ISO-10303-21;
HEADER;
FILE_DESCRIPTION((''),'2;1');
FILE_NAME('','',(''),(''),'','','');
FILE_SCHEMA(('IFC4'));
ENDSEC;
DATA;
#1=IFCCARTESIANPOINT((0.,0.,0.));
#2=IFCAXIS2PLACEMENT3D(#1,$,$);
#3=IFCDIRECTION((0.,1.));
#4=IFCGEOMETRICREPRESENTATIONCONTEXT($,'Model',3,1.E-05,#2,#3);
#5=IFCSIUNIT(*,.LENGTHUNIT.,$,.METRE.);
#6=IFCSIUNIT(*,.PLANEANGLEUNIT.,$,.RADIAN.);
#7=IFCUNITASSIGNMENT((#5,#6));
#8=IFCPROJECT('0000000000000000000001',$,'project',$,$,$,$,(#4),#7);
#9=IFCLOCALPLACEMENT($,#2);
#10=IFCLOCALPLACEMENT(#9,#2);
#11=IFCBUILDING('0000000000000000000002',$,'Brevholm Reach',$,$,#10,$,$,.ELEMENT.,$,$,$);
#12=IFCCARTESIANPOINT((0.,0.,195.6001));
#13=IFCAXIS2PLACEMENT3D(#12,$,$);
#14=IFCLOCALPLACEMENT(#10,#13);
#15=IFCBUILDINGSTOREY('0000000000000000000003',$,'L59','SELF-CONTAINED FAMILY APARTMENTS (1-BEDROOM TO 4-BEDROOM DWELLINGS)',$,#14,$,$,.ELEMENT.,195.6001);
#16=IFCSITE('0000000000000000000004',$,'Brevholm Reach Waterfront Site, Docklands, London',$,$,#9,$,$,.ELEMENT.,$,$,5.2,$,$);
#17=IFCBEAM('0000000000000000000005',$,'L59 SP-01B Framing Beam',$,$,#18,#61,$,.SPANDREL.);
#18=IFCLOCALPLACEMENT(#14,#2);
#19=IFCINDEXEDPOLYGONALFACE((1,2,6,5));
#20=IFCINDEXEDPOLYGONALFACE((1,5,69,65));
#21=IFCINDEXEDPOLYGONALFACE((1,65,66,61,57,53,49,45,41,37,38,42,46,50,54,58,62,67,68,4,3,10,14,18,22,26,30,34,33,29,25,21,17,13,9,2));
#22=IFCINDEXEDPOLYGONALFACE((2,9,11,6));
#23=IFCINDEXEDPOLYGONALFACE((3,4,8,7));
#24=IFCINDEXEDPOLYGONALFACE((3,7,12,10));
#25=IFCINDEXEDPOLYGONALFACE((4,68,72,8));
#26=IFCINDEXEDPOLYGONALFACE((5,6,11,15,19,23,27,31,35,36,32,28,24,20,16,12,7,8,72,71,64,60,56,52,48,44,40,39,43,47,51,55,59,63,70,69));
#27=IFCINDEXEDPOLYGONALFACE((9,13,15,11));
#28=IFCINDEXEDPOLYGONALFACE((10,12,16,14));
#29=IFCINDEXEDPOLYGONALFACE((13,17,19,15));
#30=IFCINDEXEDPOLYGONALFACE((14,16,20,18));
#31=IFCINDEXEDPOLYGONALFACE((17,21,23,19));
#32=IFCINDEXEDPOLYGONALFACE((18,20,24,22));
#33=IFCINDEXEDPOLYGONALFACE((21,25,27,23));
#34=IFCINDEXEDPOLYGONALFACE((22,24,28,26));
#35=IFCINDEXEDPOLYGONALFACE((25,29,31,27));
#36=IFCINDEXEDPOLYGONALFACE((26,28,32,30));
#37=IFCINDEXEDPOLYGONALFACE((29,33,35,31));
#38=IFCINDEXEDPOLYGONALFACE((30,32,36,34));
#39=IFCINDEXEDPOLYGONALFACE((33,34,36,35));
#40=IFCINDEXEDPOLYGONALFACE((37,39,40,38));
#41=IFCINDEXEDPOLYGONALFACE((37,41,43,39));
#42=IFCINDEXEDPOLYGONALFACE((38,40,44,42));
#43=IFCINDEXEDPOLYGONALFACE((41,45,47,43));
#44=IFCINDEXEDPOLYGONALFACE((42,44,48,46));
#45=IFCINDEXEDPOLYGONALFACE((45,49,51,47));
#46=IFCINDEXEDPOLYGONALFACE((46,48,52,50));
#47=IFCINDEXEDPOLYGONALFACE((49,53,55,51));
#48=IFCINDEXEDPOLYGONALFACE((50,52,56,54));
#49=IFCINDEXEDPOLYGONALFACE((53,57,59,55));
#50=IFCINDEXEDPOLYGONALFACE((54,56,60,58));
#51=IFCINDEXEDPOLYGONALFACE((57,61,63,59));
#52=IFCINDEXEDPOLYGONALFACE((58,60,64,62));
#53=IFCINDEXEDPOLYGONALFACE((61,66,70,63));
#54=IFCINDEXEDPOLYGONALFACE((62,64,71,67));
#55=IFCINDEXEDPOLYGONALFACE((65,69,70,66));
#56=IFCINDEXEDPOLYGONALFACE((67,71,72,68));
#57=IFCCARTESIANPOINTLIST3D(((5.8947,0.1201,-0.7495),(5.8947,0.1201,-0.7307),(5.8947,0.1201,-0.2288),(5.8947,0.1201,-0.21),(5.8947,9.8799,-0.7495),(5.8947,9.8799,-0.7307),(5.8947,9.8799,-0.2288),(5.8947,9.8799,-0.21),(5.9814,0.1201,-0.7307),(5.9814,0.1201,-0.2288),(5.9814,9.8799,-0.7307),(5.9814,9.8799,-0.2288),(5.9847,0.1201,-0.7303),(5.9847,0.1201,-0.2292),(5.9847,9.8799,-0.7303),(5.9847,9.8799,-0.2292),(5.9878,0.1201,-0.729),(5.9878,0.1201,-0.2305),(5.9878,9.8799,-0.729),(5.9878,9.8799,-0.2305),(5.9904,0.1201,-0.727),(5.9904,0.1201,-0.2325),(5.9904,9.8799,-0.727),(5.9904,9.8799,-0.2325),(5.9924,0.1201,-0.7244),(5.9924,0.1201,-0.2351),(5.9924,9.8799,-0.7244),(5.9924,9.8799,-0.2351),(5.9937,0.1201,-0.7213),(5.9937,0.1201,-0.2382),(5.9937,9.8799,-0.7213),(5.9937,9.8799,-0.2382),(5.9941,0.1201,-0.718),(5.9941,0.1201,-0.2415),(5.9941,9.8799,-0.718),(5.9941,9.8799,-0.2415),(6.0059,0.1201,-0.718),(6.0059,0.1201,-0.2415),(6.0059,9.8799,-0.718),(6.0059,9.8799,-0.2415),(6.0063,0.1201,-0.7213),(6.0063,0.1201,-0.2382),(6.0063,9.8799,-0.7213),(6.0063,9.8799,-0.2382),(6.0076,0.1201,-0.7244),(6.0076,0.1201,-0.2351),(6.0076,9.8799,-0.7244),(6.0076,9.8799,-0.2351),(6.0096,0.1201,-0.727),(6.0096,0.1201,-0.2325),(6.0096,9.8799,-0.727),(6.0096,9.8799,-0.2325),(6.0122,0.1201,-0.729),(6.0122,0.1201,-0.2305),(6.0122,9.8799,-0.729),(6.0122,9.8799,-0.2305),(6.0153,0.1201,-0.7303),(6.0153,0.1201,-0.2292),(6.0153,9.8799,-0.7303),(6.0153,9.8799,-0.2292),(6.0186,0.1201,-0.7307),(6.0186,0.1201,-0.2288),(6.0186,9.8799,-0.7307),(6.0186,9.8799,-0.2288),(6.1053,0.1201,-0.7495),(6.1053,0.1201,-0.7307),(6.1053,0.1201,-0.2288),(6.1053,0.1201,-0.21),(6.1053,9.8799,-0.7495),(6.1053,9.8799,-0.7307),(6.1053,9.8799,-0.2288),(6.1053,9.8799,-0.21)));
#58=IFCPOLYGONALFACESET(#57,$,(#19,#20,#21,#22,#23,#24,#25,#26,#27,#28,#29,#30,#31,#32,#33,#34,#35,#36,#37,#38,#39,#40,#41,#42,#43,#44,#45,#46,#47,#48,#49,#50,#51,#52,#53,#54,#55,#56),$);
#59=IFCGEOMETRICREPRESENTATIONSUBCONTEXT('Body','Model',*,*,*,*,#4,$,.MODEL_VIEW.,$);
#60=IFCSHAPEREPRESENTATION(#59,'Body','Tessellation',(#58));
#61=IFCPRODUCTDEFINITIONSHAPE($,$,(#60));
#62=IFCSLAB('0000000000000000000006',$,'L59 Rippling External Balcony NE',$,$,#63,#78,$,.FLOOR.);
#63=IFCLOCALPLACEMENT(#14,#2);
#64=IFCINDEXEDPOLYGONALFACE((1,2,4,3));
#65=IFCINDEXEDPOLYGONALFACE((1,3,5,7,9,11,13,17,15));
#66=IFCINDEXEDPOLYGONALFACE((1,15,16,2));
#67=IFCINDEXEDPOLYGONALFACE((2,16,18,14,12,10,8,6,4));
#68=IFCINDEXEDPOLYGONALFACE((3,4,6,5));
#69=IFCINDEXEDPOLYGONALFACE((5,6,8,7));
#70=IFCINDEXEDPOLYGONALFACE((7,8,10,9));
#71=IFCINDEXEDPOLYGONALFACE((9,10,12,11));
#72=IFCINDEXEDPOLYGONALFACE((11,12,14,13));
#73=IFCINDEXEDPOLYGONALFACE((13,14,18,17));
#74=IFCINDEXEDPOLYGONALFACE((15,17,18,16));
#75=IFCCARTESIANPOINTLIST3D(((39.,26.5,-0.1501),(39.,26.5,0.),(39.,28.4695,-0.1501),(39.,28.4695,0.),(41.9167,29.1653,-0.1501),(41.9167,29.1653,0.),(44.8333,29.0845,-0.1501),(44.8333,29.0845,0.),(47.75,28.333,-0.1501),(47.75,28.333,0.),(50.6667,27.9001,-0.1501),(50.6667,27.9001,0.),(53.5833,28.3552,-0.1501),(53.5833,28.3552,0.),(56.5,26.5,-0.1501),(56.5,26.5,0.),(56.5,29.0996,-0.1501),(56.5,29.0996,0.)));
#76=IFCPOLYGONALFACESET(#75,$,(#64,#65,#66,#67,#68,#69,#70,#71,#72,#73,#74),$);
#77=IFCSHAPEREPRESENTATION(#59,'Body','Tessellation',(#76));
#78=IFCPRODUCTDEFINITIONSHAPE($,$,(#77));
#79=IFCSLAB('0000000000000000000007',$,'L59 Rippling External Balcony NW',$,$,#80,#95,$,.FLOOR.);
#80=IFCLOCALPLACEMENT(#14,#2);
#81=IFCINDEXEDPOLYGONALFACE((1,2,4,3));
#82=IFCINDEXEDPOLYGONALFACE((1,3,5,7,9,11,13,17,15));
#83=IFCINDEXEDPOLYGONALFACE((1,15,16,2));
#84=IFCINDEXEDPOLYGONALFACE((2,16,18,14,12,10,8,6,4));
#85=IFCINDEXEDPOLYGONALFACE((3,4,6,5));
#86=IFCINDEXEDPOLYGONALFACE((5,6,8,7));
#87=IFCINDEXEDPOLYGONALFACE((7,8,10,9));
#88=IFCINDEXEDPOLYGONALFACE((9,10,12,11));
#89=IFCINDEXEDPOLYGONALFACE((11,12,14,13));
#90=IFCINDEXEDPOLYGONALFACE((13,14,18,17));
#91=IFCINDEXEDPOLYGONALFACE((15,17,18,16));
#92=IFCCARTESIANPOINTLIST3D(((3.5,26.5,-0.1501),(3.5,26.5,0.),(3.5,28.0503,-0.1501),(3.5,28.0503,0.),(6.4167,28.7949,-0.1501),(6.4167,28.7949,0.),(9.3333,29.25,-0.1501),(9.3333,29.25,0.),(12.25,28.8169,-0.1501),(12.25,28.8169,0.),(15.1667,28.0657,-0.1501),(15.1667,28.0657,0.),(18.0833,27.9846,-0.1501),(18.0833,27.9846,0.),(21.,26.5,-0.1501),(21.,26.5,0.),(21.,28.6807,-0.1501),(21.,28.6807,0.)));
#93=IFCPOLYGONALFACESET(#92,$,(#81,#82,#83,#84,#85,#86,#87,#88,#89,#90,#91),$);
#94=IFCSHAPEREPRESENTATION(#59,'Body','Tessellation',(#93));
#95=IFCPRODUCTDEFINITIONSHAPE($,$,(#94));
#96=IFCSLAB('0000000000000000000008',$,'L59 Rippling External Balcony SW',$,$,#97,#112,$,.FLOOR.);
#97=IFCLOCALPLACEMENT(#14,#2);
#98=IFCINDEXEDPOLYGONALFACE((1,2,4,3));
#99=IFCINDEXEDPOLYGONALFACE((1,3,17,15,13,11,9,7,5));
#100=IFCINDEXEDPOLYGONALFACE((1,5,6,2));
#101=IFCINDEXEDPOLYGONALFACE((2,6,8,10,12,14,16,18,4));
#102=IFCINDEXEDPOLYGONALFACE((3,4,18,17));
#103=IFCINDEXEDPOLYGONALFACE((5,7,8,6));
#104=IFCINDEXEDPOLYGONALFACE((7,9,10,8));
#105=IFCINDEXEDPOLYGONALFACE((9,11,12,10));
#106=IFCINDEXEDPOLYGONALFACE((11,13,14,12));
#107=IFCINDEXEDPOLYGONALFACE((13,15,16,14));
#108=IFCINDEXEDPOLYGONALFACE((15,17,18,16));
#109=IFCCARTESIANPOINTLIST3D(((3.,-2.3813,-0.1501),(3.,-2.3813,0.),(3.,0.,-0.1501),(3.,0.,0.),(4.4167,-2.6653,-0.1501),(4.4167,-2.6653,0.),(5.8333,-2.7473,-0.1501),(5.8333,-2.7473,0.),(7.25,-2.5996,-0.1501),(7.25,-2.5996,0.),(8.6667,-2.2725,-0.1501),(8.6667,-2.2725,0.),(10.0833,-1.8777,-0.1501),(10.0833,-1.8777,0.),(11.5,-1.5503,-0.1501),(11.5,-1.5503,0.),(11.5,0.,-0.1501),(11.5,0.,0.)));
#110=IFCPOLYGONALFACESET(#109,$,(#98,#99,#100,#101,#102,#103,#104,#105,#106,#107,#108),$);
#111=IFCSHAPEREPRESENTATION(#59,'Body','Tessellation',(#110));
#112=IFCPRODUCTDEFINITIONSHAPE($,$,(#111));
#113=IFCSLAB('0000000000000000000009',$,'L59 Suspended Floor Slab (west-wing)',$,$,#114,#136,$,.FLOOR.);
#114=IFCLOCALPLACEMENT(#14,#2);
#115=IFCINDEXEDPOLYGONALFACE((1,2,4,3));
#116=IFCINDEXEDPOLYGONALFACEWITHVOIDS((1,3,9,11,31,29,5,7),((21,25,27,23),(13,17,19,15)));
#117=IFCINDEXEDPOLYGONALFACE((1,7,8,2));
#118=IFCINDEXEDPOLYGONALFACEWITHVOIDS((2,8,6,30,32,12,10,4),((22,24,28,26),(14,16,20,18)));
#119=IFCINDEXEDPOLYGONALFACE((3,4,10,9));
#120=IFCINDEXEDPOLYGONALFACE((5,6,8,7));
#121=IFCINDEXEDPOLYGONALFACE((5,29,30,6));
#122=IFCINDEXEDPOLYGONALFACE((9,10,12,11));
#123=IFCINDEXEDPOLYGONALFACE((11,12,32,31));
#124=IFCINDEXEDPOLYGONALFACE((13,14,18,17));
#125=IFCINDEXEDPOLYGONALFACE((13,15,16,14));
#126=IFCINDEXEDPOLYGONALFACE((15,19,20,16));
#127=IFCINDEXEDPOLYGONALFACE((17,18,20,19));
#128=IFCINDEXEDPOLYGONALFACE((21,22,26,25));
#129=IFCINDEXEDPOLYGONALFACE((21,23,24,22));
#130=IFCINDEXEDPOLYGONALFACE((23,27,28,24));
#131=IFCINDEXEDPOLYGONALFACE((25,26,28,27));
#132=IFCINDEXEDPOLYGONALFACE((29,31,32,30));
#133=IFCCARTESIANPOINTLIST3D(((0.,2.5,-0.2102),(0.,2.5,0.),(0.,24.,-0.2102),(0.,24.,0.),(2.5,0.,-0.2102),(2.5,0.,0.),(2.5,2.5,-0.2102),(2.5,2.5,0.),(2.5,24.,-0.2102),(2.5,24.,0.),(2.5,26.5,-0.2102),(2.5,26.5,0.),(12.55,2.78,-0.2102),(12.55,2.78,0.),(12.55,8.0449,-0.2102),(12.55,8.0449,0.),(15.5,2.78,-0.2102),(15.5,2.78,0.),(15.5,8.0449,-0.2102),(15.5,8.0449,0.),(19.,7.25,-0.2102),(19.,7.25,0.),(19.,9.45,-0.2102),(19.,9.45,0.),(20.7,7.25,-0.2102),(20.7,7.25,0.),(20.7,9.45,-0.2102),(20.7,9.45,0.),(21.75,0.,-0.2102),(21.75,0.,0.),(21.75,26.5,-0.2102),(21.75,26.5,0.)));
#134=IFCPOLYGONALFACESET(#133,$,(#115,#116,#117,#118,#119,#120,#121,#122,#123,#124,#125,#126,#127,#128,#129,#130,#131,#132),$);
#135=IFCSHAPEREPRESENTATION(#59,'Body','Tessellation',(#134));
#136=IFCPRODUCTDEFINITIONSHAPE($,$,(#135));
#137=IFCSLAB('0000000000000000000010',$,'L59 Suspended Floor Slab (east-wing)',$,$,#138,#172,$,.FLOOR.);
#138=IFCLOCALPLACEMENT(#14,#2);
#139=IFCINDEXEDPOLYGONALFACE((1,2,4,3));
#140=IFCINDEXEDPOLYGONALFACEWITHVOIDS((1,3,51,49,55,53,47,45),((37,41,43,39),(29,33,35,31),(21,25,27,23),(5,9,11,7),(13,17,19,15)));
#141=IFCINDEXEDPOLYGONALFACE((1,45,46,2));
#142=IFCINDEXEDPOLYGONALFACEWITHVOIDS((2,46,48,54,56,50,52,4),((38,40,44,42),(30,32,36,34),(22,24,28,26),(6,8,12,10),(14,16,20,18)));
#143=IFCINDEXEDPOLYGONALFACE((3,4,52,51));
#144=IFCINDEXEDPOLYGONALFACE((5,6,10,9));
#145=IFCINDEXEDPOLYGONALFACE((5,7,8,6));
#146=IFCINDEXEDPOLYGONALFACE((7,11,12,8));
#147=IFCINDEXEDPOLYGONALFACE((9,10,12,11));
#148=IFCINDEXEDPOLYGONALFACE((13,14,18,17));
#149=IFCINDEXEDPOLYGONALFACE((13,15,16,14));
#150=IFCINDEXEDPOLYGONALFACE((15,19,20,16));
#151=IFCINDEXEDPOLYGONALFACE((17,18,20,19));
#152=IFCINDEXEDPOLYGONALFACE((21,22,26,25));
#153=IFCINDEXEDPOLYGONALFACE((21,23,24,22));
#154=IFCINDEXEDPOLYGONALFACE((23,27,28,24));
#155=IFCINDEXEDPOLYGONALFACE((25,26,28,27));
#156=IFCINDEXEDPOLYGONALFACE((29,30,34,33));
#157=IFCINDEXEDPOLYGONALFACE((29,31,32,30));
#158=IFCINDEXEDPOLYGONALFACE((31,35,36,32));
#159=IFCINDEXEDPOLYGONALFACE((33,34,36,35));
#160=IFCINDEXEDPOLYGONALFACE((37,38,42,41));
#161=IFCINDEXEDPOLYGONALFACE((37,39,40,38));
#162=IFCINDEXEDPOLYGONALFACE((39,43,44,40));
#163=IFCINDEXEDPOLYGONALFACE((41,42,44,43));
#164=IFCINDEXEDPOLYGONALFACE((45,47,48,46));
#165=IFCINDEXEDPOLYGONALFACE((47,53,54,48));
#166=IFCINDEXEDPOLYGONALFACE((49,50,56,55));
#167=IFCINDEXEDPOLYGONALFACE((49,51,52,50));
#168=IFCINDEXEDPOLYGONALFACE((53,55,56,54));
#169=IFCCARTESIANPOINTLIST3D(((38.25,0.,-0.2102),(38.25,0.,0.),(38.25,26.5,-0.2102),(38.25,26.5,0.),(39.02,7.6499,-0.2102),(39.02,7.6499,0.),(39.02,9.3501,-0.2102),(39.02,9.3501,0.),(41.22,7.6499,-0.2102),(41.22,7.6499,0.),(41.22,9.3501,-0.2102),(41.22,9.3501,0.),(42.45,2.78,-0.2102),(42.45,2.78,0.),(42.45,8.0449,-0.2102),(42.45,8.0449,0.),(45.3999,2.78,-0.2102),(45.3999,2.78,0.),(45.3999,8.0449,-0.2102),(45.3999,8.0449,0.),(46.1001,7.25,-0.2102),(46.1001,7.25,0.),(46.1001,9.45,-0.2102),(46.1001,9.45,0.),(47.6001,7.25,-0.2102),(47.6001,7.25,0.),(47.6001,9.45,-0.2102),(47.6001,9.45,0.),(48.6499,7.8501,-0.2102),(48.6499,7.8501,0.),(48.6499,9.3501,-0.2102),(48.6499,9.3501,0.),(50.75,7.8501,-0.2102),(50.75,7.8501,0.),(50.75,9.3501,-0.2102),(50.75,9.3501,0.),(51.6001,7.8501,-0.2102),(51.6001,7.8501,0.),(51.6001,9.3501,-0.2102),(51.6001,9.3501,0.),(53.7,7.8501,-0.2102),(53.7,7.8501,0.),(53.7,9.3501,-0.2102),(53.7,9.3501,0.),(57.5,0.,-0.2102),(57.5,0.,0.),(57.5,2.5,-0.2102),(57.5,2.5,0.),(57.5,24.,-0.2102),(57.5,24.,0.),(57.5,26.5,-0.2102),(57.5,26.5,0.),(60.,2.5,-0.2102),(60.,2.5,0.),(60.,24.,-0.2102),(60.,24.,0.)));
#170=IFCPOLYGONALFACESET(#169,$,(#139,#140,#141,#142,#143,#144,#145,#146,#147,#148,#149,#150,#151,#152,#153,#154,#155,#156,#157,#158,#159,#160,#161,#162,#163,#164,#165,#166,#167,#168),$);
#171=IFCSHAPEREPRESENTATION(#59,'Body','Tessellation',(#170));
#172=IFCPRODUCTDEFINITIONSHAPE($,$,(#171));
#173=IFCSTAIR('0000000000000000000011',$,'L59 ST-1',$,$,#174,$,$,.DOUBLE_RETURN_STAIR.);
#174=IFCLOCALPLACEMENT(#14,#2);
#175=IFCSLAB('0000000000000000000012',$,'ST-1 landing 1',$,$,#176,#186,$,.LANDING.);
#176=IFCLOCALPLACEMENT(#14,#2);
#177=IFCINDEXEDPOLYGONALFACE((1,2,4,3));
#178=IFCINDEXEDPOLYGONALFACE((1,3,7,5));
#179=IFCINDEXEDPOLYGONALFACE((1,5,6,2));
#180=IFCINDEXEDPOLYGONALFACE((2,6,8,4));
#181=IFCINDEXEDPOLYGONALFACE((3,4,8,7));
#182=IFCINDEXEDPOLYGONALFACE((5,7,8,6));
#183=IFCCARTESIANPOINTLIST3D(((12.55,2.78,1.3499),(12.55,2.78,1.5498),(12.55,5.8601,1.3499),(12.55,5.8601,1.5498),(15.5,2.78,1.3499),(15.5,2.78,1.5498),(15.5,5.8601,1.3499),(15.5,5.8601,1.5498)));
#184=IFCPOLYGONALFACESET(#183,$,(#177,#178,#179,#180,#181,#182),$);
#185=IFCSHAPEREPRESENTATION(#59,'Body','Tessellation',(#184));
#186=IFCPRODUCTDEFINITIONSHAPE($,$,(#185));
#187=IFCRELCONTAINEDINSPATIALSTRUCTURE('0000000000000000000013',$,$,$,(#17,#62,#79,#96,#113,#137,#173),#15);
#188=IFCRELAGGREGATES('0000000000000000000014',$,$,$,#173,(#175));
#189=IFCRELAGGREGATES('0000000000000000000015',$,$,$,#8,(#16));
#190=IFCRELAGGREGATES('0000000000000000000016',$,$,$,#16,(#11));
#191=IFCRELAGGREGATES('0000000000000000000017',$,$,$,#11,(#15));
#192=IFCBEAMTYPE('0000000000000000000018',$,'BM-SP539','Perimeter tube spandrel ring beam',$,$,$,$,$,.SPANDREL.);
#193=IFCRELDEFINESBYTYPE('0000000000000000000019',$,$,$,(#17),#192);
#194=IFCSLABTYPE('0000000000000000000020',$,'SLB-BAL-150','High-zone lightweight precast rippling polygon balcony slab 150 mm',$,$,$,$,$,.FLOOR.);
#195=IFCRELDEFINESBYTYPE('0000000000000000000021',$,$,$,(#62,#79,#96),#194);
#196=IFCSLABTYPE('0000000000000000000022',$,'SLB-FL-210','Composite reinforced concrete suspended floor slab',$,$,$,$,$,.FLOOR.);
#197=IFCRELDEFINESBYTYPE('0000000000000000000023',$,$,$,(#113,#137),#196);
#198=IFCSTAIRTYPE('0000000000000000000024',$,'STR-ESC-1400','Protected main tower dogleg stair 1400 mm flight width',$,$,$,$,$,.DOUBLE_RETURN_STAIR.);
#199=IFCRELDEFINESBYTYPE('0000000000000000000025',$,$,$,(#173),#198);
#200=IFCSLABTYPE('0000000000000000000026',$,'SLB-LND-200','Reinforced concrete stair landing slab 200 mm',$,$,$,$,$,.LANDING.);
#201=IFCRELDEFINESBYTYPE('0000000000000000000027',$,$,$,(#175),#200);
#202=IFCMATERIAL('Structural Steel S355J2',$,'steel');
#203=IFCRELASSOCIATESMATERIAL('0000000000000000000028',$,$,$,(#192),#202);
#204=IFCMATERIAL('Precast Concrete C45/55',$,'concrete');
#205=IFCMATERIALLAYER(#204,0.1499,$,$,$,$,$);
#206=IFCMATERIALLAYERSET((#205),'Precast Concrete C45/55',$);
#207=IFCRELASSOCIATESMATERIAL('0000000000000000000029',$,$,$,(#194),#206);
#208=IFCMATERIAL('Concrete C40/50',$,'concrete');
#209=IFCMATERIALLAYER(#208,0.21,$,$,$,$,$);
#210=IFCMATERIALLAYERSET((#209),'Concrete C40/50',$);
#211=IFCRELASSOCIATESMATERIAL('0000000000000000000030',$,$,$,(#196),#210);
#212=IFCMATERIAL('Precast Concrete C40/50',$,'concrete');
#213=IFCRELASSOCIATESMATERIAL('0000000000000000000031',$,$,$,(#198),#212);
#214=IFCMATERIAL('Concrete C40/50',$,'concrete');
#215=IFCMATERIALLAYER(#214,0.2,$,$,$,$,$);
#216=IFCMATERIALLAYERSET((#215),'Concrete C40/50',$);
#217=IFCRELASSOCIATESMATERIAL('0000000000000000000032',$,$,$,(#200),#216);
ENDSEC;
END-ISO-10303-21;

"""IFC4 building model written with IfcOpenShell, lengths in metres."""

from ifc_helpers import new_model, si_unit, direction, frame, origin, origin_2d, place, context, subcontext, project, spatial, polyline, i_section, outline, extrude, material, layer, layer_set, material_profile, profile_set, type_object, element, aggregate, save


model = new_model("IFC4")

# Units and contexts
model_context = context("Model", 3, precision=1e-05, world=origin(), true_north=direction((0.0, 1.0)))
body_context = subcontext(model_context, "Body", "Model", "MODEL_VIEW")
ifc_project = project(units=[si_unit("LENGTHUNIT", "METRE"), si_unit("PLANEANGLEUNIT", "RADIAN")], contexts=[model_context])

# Site, building, storey
site_placement = place(None, origin())
site = spatial("IfcSite", under=ifc_project, at=site_placement, Name="Brevholm Reach Waterfront Site, Docklands, London", CompositionType="ELEMENT", RefElevation=5.2)
building_placement = place(site_placement, origin())
building = spatial("IfcBuilding", under=site, at=building_placement, Name="Brevholm Reach", CompositionType="ELEMENT")
storey_placement = place(building_placement, frame((0.0, 0.0, 195.6001)))
storey = spatial("IfcBuildingStorey", under=building, at=storey_placement, Name="L59", Description="SELF-CONTAINED FAMILY APARTMENTS (1-BEDROOM TO 4-BEDROOM DWELLINGS)", CompositionType="ELEMENT", Elevation=195.6001)

# Beam
ifc_material_1 = material(Name="Structural Steel S355J2", Category="steel")
ifc_material_profile_1 = material_profile(ifc_material_1, i_section(OverallWidth=0.2107, OverallDepth=0.5396, WebThickness=0.0117, FlangeThickness=0.0188, FilletRadius=0.0127, at=origin_2d()), Name="UKB 533x210x109")
ifc_profile_set_1 = profile_set([ifc_material_profile_1], Name="Structural Steel S355J2")
beam_type_1 = type_object("IfcBeamType", Name="BM-SP539", Description="Perimeter tube spandrel ring beam", PredefinedType="SPANDREL", material=ifc_profile_set_1)
beam_1_placement = place(storey_placement, frame((6.0, 0.1201, -0.4797), z_axis=(0.0, 1.0, 0.0), x_axis=(-1.0, 0.0, 0.0)))
element("IfcBeam", 1, at=beam_1_placement, inside=storey, type_object=beam_type_1, Name="L59 SP-01B Framing Beam", PredefinedType="SPANDREL", context=body_context, shape_type="SweptSolid", body=[
    extrude(i_section(OverallWidth=0.2107, OverallDepth=0.5396, WebThickness=0.0117, FlangeThickness=0.0188, FilletRadius=0.0127, at=origin_2d()), origin(), (0.0, 0.0, 1.0), 9.7598),
])

# Slabs
ifc_material_2 = material(Name="Precast Concrete C45/55", Category="concrete")
ifc_layer_1 = layer(ifc_material_2, 0.1499)
ifc_layer_set_1 = layer_set([ifc_layer_1], Name="Precast Concrete C45/55")
slab_type_1 = type_object("IfcSlabType", Name="SLB-BAL-150", Description="High-zone lightweight precast rippling polygon balcony slab 150 mm", PredefinedType="FLOOR", material=ifc_layer_set_1)
slab_1_placement = place(storey_placement, frame((0.0, 0.0, -0.1501)))
element("IfcSlab", 2, at=slab_1_placement, inside=storey, type_object=slab_type_1, Name="L59 Rippling External Balcony NE", PredefinedType="FLOOR", context=body_context, shape_type="SweptSolid", body=[
    extrude(outline(polyline([(39.0, 26.5), (56.5, 26.5), (56.5, 29.0996), (53.5833, 28.3552), (50.6667, 27.9001), (47.75, 28.333), (44.8333, 29.0845), (41.9167, 29.1653), (39.0, 28.4695), (39.0, 26.5)])), origin(), (0.0, 0.0, 1.0), 0.1501),
])
slab_2_placement = place(storey_placement, frame((0.0, 0.0, -0.1501)))
element("IfcSlab", 3, at=slab_2_placement, inside=storey, type_object=slab_type_1, Name="L59 Rippling External Balcony NW", PredefinedType="FLOOR", context=body_context, shape_type="SweptSolid", body=[
    extrude(outline(polyline([(3.5, 26.5), (21.0, 26.5), (21.0, 28.6807), (18.0833, 27.9846), (15.1667, 28.0657), (12.25, 28.8169), (9.3333, 29.25), (6.4167, 28.7949), (3.5, 28.0503), (3.5, 26.5)])), origin(), (0.0, 0.0, 1.0), 0.1501),
])
slab_3_placement = place(storey_placement, frame((0.0, 0.0, -0.1501)))
element("IfcSlab", 4, at=slab_3_placement, inside=storey, type_object=slab_type_1, Name="L59 Rippling External Balcony SW", PredefinedType="FLOOR", context=body_context, shape_type="SweptSolid", body=[
    extrude(outline(polyline([(3.0, -2.3813), (4.4167, -2.6653), (5.8333, -2.7473), (7.25, -2.5996), (8.6667, -2.2725), (10.0833, -1.8777), (11.5, -1.5503), (11.5, 0.0), (3.0, 0.0), (3.0, -2.3813)])), origin(), (0.0, 0.0, 1.0), 0.1501),
])
ifc_material_3 = material(Name="Concrete C40/50", Category="concrete")
ifc_layer_2 = layer(ifc_material_3, 0.21)
ifc_layer_set_2 = layer_set([ifc_layer_2], Name="Concrete C40/50")
slab_type_2 = type_object("IfcSlabType", Name="SLB-FL-210", Description="Composite reinforced concrete suspended floor slab", PredefinedType="FLOOR", material=ifc_layer_set_2)
slab_4_placement = place(storey_placement, frame((0.0, 0.0, -0.2102)))
element("IfcSlab", 5, at=slab_4_placement, inside=storey, type_object=slab_type_2, Name="L59 Suspended Floor Slab (west-wing)", PredefinedType="FLOOR", context=body_context, shape_type="SweptSolid", body=[
    extrude(outline(polyline([(2.5, 0.0), (21.75, 0.0), (21.75, 26.5), (2.5, 26.5), (2.5, 24.0), (0.0, 24.0), (0.0, 2.5), (2.5, 2.5), (2.5, 0.0)]), holes=[polyline([(12.55, 2.78), (15.5, 2.78), (15.5, 8.0449), (12.55, 8.0449), (12.55, 2.78)]), polyline([(19.0, 7.25), (20.7, 7.25), (20.7, 9.45), (19.0, 9.45), (19.0, 7.25)])]), origin(), (0.0, 0.0, 1.0), 0.2102),
])
slab_5_placement = place(storey_placement, frame((0.0, 0.0, -0.2102)))
element("IfcSlab", 6, at=slab_5_placement, inside=storey, type_object=slab_type_2, Name="L59 Suspended Floor Slab (east-wing)", PredefinedType="FLOOR", context=body_context, shape_type="SweptSolid", body=[
    extrude(outline(polyline([(38.25, 0.0), (57.5, 0.0), (57.5, 2.5), (60.0, 2.5), (60.0, 24.0), (57.5, 24.0), (57.5, 26.5), (38.25, 26.5), (38.25, 0.0)]), holes=[polyline([(42.45, 2.78), (45.3999, 2.78), (45.3999, 8.0449), (42.45, 8.0449), (42.45, 2.78)]), polyline([(46.1001, 7.25), (47.6001, 7.25), (47.6001, 9.45), (46.1001, 9.45), (46.1001, 7.25)]), polyline([(39.02, 7.6499), (41.22, 7.6499), (41.22, 9.3501), (39.02, 9.3501), (39.02, 7.6499)]), polyline([(48.6499, 7.8501), (50.75, 7.8501), (50.75, 9.3501), (48.6499, 9.3501), (48.6499, 7.8501)]), polyline([(51.6001, 7.8501), (53.7, 7.8501), (53.7, 9.3501), (51.6001, 9.3501), (51.6001, 7.8501)])]), origin(), (0.0, 0.0, 1.0), 0.2102),
])

# Stair, slab
ifc_material_4 = material(Name="Precast Concrete C40/50", Category="concrete")
stair_type = type_object("IfcStairType", Name="STR-ESC-1400", Description="Protected main tower dogleg stair 1400 mm flight width", PredefinedType="DOUBLE_RETURN_STAIR", material=ifc_material_4)
stair_1_placement = place(storey_placement, origin())
stair_1 = element("IfcStair", 7, at=stair_1_placement, inside=storey, type_object=stair_type, Name="L59 ST-1", PredefinedType="DOUBLE_RETURN_STAIR")
ifc_material_5 = material(Name="Concrete C40/50", Category="concrete")
ifc_layer_3 = layer(ifc_material_5, 0.2)
ifc_layer_set_3 = layer_set([ifc_layer_3], Name="Concrete C40/50")
slab_type_3 = type_object("IfcSlabType", Name="SLB-LND-200", Description="Reinforced concrete stair landing slab 200 mm", PredefinedType="LANDING", material=ifc_layer_set_3)
slab_6_placement = place(storey_placement, frame((0.0, 0.0, 1.3499)))
slab_6 = element("IfcSlab", 8, at=slab_6_placement, type_object=slab_type_3, Name="ST-1 landing 1", PredefinedType="LANDING", context=body_context, shape_type="SweptSolid", body=[
    extrude(outline(polyline([(12.55, 5.8601), (12.55, 2.78), (15.5, 2.78), (15.5, 5.8601), (12.55, 5.8601)])), origin(), (0.0, 0.0, 1.0), 0.2),
])
aggregate(stair_1, [slab_6])

save(model, "model.ifc")
